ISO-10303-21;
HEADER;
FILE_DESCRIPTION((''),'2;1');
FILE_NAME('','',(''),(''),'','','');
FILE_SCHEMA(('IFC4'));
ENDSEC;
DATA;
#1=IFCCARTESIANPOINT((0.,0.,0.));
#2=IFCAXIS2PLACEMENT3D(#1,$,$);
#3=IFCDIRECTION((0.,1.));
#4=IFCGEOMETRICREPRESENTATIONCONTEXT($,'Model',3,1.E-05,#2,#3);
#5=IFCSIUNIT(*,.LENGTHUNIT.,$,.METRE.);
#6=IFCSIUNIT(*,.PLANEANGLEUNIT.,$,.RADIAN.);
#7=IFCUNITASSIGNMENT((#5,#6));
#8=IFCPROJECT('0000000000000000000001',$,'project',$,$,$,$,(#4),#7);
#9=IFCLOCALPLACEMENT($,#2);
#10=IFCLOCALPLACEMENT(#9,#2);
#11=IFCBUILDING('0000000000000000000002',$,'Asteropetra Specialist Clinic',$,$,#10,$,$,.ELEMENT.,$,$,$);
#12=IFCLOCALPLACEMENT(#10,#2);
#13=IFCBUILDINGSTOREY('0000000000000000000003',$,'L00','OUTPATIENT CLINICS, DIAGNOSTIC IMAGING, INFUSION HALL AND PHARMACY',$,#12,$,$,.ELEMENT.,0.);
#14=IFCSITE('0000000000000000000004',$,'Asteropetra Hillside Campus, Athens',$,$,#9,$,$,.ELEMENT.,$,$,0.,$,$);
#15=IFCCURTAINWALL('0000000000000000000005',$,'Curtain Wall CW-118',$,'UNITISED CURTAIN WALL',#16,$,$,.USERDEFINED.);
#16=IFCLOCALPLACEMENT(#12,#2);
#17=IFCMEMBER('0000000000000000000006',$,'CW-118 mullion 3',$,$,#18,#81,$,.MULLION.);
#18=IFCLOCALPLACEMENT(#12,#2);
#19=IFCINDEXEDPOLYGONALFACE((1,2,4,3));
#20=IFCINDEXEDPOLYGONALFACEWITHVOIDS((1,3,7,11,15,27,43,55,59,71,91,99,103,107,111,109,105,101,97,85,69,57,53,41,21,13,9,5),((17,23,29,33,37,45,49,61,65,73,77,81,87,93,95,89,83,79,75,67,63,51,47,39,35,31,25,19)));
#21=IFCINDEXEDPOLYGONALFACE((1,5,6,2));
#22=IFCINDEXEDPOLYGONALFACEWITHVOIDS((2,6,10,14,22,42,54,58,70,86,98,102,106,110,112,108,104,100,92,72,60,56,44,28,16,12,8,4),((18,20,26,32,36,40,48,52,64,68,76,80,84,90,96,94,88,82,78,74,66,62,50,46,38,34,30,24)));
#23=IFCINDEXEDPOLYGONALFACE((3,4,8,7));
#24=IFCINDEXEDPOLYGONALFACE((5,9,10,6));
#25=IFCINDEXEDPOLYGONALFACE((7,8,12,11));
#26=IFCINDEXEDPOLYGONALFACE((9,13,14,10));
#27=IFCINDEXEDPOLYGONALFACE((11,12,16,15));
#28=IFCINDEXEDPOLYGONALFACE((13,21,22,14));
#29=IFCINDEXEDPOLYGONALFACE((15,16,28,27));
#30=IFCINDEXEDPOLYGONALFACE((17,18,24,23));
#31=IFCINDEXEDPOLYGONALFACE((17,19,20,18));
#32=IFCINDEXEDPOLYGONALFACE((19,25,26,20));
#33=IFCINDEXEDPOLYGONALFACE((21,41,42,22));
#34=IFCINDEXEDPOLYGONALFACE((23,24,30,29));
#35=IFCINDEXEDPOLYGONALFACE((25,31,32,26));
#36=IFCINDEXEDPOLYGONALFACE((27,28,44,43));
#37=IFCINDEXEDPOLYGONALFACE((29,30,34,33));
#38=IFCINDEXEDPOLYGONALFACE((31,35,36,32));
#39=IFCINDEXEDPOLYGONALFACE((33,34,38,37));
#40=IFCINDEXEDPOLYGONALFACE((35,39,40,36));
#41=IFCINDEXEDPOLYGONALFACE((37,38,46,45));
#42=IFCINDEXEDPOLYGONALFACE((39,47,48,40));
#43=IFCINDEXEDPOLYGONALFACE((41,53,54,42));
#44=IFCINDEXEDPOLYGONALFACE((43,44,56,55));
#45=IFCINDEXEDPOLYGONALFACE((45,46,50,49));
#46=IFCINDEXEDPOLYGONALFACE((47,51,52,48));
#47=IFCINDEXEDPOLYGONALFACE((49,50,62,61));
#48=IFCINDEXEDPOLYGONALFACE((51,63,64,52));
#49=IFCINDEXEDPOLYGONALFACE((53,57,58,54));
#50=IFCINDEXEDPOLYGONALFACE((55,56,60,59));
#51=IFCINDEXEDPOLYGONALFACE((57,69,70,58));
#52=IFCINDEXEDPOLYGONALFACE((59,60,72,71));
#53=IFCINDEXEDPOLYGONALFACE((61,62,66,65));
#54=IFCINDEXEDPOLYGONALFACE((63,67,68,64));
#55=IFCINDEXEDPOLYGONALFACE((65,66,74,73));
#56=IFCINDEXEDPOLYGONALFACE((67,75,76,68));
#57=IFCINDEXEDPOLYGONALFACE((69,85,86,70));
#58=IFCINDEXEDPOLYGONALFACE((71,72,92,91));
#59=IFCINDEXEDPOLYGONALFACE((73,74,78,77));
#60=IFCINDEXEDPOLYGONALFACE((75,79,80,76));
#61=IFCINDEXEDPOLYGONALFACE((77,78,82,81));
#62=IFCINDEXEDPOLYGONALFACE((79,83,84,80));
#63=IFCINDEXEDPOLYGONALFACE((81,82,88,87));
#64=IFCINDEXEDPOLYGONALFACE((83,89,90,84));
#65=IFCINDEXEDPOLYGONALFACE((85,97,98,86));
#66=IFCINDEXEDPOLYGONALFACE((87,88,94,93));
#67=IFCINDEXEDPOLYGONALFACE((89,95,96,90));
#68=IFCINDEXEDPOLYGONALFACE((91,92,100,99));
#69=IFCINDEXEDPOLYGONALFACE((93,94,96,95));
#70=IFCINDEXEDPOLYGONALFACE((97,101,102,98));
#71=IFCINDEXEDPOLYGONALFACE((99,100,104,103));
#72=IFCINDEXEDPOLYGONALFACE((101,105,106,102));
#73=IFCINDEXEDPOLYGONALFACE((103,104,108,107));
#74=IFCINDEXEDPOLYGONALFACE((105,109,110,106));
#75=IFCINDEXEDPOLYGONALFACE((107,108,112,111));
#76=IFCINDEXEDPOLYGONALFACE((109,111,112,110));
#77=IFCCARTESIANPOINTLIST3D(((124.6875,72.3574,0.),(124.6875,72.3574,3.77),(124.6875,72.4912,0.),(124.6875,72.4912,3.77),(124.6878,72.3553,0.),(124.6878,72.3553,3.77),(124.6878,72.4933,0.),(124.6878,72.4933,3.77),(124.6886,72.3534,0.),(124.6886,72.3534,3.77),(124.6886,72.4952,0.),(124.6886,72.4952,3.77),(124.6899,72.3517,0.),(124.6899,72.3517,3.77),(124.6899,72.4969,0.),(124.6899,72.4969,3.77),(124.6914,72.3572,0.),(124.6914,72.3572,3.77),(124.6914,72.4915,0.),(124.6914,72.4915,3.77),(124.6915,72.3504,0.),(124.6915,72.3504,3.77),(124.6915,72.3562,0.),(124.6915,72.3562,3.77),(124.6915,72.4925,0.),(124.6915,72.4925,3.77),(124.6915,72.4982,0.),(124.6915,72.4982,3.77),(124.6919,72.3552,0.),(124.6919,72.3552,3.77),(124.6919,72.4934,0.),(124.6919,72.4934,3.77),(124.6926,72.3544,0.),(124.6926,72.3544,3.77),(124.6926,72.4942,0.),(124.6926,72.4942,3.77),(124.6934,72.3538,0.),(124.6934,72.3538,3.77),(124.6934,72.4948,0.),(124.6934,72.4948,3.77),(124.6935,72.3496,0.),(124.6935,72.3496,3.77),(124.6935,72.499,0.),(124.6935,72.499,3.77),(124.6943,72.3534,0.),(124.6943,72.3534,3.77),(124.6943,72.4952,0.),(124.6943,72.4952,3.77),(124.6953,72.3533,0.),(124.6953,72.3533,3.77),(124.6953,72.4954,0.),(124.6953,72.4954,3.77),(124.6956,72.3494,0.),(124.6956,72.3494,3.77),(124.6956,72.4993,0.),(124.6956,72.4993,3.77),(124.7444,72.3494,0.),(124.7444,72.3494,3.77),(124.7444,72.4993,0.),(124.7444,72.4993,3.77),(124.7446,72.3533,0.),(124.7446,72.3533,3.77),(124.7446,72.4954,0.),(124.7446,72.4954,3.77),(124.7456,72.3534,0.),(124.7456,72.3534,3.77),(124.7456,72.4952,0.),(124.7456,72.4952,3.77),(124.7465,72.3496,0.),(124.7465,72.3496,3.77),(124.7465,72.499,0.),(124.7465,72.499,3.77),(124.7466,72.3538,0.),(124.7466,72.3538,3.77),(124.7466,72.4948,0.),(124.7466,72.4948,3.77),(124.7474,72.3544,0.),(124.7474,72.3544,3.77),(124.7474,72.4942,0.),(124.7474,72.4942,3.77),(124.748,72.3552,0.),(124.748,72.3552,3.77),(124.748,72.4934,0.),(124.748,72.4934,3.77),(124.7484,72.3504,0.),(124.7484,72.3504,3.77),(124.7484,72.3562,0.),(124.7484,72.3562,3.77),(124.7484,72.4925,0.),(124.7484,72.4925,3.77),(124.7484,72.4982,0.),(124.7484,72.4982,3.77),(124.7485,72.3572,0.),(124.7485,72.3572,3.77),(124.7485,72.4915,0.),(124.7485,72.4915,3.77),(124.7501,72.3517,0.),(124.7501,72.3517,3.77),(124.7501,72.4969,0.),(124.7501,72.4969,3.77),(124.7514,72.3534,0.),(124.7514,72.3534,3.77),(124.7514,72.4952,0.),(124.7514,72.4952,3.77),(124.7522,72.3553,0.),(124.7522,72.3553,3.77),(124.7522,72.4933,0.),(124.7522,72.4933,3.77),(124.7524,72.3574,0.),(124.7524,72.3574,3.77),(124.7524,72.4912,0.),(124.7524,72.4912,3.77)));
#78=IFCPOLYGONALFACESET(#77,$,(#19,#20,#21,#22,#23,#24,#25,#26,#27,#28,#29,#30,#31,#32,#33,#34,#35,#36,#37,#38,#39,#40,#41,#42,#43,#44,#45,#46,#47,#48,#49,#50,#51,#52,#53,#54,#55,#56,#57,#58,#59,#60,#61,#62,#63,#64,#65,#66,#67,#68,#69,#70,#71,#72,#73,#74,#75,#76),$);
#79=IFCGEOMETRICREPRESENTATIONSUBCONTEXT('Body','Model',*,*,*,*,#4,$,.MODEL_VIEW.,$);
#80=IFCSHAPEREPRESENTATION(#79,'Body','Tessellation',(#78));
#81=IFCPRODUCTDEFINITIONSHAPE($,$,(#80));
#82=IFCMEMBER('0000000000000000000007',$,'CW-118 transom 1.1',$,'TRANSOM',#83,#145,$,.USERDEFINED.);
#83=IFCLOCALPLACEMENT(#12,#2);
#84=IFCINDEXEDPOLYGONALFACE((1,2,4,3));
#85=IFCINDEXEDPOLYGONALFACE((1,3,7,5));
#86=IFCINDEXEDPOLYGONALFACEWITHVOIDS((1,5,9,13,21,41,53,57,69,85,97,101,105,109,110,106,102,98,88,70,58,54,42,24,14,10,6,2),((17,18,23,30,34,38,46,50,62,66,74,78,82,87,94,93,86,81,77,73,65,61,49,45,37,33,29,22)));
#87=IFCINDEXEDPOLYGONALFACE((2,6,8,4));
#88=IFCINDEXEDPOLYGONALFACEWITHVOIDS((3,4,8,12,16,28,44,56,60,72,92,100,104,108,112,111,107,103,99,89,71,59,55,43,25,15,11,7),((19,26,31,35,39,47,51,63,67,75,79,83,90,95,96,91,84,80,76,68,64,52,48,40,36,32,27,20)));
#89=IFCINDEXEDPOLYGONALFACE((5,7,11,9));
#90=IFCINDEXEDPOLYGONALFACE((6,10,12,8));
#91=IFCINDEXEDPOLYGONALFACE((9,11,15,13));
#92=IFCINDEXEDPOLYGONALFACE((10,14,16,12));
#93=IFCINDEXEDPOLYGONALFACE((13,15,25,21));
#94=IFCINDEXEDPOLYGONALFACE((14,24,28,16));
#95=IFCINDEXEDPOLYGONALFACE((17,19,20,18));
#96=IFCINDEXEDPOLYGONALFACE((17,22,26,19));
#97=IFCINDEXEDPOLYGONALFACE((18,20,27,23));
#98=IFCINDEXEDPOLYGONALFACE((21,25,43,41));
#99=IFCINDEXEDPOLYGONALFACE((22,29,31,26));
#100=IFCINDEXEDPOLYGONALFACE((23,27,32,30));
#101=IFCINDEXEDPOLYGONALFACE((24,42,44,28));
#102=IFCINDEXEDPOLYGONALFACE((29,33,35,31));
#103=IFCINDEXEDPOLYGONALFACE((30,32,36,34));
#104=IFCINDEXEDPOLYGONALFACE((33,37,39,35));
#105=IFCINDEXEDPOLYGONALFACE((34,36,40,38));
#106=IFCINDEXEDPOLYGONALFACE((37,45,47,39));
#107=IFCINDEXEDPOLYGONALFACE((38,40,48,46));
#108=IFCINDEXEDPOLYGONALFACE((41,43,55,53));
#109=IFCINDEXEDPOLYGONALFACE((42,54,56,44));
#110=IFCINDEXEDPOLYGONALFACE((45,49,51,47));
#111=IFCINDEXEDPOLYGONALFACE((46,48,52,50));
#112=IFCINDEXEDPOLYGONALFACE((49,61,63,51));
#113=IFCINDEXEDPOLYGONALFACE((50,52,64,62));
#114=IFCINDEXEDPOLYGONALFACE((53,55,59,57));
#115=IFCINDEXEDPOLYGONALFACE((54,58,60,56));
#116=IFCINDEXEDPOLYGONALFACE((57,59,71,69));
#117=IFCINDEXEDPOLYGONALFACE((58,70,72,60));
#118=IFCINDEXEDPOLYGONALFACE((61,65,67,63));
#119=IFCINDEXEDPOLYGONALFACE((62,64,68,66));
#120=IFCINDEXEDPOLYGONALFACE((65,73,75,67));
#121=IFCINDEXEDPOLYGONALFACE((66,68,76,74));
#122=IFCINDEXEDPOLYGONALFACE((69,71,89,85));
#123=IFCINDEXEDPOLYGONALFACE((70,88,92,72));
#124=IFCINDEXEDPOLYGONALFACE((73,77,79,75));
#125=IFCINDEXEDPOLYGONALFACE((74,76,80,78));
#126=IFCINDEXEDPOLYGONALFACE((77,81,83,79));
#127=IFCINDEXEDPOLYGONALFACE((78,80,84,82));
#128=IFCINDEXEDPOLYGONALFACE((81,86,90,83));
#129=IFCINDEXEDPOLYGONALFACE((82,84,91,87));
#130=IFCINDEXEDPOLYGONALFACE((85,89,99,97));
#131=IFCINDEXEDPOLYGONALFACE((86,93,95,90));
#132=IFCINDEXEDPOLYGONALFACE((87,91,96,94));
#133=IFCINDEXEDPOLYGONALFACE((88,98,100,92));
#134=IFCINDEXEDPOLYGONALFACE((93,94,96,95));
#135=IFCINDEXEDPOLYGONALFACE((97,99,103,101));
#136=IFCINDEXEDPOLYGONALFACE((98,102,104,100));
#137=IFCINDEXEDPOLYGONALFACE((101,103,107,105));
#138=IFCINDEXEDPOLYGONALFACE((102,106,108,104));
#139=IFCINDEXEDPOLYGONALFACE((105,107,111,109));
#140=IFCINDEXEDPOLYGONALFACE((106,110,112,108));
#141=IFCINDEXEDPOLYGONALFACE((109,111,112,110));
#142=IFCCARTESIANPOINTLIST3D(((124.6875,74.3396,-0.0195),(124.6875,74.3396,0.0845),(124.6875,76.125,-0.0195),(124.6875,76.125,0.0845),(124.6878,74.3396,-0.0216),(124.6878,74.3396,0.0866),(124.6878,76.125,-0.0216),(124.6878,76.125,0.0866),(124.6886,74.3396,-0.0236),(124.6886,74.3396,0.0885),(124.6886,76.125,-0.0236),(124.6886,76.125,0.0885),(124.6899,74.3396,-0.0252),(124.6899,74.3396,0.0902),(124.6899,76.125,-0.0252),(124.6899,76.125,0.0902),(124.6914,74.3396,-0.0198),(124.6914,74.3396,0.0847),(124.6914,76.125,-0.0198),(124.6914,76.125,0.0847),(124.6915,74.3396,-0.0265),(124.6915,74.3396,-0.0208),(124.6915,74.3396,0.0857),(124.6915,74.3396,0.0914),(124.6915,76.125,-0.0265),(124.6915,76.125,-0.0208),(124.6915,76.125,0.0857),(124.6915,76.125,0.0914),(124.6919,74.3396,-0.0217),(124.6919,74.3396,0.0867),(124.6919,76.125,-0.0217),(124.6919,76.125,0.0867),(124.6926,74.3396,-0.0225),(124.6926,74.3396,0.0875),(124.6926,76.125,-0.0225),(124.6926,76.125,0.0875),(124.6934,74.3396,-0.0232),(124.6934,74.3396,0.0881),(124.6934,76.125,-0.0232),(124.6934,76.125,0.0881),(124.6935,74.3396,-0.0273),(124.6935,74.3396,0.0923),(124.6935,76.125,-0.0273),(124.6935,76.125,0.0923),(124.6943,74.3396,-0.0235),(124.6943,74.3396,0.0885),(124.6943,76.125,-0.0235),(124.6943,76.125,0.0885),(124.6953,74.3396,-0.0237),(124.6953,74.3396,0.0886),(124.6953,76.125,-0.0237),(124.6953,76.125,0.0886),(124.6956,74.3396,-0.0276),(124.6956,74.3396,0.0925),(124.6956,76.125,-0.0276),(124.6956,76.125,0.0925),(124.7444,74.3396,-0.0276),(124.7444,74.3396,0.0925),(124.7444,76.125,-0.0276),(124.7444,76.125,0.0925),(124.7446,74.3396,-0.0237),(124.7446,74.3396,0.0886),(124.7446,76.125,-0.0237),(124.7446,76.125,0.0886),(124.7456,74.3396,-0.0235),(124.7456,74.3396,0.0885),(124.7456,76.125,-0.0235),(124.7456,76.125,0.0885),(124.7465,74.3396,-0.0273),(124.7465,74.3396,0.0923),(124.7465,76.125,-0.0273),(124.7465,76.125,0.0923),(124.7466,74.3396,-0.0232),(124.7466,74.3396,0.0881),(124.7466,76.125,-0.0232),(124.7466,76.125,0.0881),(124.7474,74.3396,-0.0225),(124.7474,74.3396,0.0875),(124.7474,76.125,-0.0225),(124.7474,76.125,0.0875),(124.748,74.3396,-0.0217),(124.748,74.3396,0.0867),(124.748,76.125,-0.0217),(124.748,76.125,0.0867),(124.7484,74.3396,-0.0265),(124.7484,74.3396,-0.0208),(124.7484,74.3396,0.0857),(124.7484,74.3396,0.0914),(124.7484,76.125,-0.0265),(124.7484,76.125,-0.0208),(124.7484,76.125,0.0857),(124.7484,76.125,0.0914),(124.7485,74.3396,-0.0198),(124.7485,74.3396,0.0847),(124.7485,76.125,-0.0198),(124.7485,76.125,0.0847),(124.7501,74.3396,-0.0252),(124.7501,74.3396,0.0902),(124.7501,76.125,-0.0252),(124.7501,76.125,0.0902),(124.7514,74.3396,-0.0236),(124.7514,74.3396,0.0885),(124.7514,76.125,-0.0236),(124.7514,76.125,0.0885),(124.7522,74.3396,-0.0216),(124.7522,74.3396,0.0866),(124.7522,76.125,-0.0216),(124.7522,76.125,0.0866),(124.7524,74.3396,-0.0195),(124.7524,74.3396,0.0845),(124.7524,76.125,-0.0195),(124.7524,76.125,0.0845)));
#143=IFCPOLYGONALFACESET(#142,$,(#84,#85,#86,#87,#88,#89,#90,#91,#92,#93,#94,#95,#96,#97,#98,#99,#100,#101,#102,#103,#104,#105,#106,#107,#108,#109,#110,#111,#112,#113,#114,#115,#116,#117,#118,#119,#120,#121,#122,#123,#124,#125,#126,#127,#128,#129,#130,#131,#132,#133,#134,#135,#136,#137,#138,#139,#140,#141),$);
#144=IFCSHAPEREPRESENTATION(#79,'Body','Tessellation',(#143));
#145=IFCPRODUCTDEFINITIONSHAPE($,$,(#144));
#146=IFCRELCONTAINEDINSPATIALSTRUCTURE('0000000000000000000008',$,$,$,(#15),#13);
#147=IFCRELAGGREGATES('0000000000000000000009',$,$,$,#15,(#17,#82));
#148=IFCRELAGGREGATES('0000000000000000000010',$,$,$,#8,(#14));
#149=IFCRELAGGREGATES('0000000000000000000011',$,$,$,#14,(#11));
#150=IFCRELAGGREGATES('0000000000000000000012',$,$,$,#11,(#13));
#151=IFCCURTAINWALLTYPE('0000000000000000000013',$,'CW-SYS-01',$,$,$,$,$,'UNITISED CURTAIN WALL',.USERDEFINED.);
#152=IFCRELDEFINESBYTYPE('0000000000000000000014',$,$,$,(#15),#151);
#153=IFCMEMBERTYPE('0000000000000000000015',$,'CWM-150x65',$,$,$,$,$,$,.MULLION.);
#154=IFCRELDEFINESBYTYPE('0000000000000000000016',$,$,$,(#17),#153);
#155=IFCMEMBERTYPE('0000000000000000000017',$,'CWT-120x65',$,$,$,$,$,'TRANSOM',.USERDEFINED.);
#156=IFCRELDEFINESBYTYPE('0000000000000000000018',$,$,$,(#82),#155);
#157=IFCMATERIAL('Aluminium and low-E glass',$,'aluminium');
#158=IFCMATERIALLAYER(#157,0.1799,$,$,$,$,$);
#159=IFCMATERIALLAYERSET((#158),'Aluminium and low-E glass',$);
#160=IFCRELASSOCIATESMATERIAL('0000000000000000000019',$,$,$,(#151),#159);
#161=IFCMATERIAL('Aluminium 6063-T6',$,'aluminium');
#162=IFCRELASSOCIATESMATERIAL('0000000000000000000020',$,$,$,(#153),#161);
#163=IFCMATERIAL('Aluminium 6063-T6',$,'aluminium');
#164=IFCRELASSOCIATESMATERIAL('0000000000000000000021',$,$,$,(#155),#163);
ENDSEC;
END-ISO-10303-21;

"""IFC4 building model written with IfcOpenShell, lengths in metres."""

from ifc_helpers import new_model, si_unit, direction, frame, origin, origin_2d, place, context, subcontext, project, spatial, hollow_rectangle, extrude, material, layer, layer_set, material_profile, profile_set, type_object, element, aggregate, save


model = new_model("IFC4")

# Units and contexts
model_context = context("Model", 3, precision=1e-05, world=origin(), true_north=direction((0.0, 1.0)))
body_context = subcontext(model_context, "Body", "Model", "MODEL_VIEW")
ifc_project = project(units=[si_unit("LENGTHUNIT", "METRE"), si_unit("PLANEANGLEUNIT", "RADIAN")], contexts=[model_context])

# Site, building, storey
site_placement = place(None, origin())
site = spatial("IfcSite", under=ifc_project, at=site_placement, Name="Asteropetra Hillside Campus, Athens", CompositionType="ELEMENT", RefElevation=0.0)
building_placement = place(site_placement, origin())
building = spatial("IfcBuilding", under=site, at=building_placement, Name="Asteropetra Specialist Clinic", CompositionType="ELEMENT")
storey_placement = place(building_placement, origin())
storey = spatial("IfcBuildingStorey", under=building, at=storey_placement, Name="L00", Description="OUTPATIENT CLINICS, DIAGNOSTIC IMAGING, INFUSION HALL AND PHARMACY", CompositionType="ELEMENT", Elevation=0.0)

# Curtain wall, members
ifc_material_1 = material(Name="Aluminium and low-E glass", Category="aluminium")
ifc_layer_1 = layer(ifc_material_1, 0.1799)
ifc_layer_set_1 = layer_set([ifc_layer_1], Name="Aluminium and low-E glass")
curtain_wall_type = type_object("IfcCurtainWallType", Name="CW-SYS-01", ElementType="UNITISED CURTAIN WALL", PredefinedType="USERDEFINED", material=ifc_layer_set_1)
curtain_wall_placement = place(storey_placement, origin())
curtain_wall = element("IfcCurtainWall", 1, at=curtain_wall_placement, inside=storey, type_object=curtain_wall_type, Name="Curtain Wall CW-118", ObjectType="UNITISED CURTAIN WALL", PredefinedType="USERDEFINED")
ifc_material_2 = material(Name="Aluminium 6063-T6", Category="aluminium")
ifc_material_profile_1 = material_profile(ifc_material_2, hollow_rectangle(XDim=0.0649, YDim=0.1499, WallThickness=0.0039, InnerFilletRadius=0.0039, OuterFilletRadius=0.0081, at=origin_2d()), Name="MUL 150x65x4.0")
ifc_profile_set_1 = profile_set([ifc_material_profile_1], Name="Aluminium 6063-T6")
member_type_1 = type_object("IfcMemberType", Name="CWM-150x65", PredefinedType="MULLION", material=ifc_profile_set_1)
member_1_placement = place(storey_placement, frame((124.72, 72.4243, 0.0), z_axis=(0.0, 0.0, 1.0), x_axis=(1.0, 0.0, 0.0)))
member_1 = element("IfcMember", 2, at=member_1_placement, type_object=member_type_1, Name="CW-118 mullion 3", PredefinedType="MULLION", context=body_context, shape_type="SweptSolid", body=[
    extrude(hollow_rectangle(XDim=0.0649, YDim=0.1499, WallThickness=0.0039, InnerFilletRadius=0.0039, OuterFilletRadius=0.0081, at=origin_2d()), origin(), (0.0, 0.0, 1.0), 3.77),
])
ifc_material_3 = material(Name="Aluminium 6063-T6", Category="aluminium")
ifc_material_profile_2 = material_profile(ifc_material_3, hollow_rectangle(XDim=0.0649, YDim=0.1201, WallThickness=0.0039, InnerFilletRadius=0.0039, OuterFilletRadius=0.0081, at=origin_2d()), Name="TRN 120x65x4.0")
ifc_profile_set_2 = profile_set([ifc_material_profile_2], Name="Aluminium 6063-T6")
member_type_2 = type_object("IfcMemberType", Name="CWT-120x65", ElementType="TRANSOM", PredefinedType="USERDEFINED", material=ifc_profile_set_2)
member_2_placement = place(storey_placement, frame((124.72, 76.125, 0.0325), z_axis=(0.0, -1.0, 0.0), x_axis=(1.0, 0.0, 0.0)))
member_2 = element("IfcMember", 3, at=member_2_placement, type_object=member_type_2, Name="CW-118 transom 1.1", ObjectType="TRANSOM", PredefinedType="USERDEFINED", context=body_context, shape_type="SweptSolid", body=[
    extrude(hollow_rectangle(XDim=0.0649, YDim=0.1201, WallThickness=0.0039, InnerFilletRadius=0.0039, OuterFilletRadius=0.0081, at=origin_2d()), origin(), (0.0, 0.0, 1.0), 1.7854),
])
aggregate(curtain_wall, [member_1, member_2])

save(model, "model.ifc")
